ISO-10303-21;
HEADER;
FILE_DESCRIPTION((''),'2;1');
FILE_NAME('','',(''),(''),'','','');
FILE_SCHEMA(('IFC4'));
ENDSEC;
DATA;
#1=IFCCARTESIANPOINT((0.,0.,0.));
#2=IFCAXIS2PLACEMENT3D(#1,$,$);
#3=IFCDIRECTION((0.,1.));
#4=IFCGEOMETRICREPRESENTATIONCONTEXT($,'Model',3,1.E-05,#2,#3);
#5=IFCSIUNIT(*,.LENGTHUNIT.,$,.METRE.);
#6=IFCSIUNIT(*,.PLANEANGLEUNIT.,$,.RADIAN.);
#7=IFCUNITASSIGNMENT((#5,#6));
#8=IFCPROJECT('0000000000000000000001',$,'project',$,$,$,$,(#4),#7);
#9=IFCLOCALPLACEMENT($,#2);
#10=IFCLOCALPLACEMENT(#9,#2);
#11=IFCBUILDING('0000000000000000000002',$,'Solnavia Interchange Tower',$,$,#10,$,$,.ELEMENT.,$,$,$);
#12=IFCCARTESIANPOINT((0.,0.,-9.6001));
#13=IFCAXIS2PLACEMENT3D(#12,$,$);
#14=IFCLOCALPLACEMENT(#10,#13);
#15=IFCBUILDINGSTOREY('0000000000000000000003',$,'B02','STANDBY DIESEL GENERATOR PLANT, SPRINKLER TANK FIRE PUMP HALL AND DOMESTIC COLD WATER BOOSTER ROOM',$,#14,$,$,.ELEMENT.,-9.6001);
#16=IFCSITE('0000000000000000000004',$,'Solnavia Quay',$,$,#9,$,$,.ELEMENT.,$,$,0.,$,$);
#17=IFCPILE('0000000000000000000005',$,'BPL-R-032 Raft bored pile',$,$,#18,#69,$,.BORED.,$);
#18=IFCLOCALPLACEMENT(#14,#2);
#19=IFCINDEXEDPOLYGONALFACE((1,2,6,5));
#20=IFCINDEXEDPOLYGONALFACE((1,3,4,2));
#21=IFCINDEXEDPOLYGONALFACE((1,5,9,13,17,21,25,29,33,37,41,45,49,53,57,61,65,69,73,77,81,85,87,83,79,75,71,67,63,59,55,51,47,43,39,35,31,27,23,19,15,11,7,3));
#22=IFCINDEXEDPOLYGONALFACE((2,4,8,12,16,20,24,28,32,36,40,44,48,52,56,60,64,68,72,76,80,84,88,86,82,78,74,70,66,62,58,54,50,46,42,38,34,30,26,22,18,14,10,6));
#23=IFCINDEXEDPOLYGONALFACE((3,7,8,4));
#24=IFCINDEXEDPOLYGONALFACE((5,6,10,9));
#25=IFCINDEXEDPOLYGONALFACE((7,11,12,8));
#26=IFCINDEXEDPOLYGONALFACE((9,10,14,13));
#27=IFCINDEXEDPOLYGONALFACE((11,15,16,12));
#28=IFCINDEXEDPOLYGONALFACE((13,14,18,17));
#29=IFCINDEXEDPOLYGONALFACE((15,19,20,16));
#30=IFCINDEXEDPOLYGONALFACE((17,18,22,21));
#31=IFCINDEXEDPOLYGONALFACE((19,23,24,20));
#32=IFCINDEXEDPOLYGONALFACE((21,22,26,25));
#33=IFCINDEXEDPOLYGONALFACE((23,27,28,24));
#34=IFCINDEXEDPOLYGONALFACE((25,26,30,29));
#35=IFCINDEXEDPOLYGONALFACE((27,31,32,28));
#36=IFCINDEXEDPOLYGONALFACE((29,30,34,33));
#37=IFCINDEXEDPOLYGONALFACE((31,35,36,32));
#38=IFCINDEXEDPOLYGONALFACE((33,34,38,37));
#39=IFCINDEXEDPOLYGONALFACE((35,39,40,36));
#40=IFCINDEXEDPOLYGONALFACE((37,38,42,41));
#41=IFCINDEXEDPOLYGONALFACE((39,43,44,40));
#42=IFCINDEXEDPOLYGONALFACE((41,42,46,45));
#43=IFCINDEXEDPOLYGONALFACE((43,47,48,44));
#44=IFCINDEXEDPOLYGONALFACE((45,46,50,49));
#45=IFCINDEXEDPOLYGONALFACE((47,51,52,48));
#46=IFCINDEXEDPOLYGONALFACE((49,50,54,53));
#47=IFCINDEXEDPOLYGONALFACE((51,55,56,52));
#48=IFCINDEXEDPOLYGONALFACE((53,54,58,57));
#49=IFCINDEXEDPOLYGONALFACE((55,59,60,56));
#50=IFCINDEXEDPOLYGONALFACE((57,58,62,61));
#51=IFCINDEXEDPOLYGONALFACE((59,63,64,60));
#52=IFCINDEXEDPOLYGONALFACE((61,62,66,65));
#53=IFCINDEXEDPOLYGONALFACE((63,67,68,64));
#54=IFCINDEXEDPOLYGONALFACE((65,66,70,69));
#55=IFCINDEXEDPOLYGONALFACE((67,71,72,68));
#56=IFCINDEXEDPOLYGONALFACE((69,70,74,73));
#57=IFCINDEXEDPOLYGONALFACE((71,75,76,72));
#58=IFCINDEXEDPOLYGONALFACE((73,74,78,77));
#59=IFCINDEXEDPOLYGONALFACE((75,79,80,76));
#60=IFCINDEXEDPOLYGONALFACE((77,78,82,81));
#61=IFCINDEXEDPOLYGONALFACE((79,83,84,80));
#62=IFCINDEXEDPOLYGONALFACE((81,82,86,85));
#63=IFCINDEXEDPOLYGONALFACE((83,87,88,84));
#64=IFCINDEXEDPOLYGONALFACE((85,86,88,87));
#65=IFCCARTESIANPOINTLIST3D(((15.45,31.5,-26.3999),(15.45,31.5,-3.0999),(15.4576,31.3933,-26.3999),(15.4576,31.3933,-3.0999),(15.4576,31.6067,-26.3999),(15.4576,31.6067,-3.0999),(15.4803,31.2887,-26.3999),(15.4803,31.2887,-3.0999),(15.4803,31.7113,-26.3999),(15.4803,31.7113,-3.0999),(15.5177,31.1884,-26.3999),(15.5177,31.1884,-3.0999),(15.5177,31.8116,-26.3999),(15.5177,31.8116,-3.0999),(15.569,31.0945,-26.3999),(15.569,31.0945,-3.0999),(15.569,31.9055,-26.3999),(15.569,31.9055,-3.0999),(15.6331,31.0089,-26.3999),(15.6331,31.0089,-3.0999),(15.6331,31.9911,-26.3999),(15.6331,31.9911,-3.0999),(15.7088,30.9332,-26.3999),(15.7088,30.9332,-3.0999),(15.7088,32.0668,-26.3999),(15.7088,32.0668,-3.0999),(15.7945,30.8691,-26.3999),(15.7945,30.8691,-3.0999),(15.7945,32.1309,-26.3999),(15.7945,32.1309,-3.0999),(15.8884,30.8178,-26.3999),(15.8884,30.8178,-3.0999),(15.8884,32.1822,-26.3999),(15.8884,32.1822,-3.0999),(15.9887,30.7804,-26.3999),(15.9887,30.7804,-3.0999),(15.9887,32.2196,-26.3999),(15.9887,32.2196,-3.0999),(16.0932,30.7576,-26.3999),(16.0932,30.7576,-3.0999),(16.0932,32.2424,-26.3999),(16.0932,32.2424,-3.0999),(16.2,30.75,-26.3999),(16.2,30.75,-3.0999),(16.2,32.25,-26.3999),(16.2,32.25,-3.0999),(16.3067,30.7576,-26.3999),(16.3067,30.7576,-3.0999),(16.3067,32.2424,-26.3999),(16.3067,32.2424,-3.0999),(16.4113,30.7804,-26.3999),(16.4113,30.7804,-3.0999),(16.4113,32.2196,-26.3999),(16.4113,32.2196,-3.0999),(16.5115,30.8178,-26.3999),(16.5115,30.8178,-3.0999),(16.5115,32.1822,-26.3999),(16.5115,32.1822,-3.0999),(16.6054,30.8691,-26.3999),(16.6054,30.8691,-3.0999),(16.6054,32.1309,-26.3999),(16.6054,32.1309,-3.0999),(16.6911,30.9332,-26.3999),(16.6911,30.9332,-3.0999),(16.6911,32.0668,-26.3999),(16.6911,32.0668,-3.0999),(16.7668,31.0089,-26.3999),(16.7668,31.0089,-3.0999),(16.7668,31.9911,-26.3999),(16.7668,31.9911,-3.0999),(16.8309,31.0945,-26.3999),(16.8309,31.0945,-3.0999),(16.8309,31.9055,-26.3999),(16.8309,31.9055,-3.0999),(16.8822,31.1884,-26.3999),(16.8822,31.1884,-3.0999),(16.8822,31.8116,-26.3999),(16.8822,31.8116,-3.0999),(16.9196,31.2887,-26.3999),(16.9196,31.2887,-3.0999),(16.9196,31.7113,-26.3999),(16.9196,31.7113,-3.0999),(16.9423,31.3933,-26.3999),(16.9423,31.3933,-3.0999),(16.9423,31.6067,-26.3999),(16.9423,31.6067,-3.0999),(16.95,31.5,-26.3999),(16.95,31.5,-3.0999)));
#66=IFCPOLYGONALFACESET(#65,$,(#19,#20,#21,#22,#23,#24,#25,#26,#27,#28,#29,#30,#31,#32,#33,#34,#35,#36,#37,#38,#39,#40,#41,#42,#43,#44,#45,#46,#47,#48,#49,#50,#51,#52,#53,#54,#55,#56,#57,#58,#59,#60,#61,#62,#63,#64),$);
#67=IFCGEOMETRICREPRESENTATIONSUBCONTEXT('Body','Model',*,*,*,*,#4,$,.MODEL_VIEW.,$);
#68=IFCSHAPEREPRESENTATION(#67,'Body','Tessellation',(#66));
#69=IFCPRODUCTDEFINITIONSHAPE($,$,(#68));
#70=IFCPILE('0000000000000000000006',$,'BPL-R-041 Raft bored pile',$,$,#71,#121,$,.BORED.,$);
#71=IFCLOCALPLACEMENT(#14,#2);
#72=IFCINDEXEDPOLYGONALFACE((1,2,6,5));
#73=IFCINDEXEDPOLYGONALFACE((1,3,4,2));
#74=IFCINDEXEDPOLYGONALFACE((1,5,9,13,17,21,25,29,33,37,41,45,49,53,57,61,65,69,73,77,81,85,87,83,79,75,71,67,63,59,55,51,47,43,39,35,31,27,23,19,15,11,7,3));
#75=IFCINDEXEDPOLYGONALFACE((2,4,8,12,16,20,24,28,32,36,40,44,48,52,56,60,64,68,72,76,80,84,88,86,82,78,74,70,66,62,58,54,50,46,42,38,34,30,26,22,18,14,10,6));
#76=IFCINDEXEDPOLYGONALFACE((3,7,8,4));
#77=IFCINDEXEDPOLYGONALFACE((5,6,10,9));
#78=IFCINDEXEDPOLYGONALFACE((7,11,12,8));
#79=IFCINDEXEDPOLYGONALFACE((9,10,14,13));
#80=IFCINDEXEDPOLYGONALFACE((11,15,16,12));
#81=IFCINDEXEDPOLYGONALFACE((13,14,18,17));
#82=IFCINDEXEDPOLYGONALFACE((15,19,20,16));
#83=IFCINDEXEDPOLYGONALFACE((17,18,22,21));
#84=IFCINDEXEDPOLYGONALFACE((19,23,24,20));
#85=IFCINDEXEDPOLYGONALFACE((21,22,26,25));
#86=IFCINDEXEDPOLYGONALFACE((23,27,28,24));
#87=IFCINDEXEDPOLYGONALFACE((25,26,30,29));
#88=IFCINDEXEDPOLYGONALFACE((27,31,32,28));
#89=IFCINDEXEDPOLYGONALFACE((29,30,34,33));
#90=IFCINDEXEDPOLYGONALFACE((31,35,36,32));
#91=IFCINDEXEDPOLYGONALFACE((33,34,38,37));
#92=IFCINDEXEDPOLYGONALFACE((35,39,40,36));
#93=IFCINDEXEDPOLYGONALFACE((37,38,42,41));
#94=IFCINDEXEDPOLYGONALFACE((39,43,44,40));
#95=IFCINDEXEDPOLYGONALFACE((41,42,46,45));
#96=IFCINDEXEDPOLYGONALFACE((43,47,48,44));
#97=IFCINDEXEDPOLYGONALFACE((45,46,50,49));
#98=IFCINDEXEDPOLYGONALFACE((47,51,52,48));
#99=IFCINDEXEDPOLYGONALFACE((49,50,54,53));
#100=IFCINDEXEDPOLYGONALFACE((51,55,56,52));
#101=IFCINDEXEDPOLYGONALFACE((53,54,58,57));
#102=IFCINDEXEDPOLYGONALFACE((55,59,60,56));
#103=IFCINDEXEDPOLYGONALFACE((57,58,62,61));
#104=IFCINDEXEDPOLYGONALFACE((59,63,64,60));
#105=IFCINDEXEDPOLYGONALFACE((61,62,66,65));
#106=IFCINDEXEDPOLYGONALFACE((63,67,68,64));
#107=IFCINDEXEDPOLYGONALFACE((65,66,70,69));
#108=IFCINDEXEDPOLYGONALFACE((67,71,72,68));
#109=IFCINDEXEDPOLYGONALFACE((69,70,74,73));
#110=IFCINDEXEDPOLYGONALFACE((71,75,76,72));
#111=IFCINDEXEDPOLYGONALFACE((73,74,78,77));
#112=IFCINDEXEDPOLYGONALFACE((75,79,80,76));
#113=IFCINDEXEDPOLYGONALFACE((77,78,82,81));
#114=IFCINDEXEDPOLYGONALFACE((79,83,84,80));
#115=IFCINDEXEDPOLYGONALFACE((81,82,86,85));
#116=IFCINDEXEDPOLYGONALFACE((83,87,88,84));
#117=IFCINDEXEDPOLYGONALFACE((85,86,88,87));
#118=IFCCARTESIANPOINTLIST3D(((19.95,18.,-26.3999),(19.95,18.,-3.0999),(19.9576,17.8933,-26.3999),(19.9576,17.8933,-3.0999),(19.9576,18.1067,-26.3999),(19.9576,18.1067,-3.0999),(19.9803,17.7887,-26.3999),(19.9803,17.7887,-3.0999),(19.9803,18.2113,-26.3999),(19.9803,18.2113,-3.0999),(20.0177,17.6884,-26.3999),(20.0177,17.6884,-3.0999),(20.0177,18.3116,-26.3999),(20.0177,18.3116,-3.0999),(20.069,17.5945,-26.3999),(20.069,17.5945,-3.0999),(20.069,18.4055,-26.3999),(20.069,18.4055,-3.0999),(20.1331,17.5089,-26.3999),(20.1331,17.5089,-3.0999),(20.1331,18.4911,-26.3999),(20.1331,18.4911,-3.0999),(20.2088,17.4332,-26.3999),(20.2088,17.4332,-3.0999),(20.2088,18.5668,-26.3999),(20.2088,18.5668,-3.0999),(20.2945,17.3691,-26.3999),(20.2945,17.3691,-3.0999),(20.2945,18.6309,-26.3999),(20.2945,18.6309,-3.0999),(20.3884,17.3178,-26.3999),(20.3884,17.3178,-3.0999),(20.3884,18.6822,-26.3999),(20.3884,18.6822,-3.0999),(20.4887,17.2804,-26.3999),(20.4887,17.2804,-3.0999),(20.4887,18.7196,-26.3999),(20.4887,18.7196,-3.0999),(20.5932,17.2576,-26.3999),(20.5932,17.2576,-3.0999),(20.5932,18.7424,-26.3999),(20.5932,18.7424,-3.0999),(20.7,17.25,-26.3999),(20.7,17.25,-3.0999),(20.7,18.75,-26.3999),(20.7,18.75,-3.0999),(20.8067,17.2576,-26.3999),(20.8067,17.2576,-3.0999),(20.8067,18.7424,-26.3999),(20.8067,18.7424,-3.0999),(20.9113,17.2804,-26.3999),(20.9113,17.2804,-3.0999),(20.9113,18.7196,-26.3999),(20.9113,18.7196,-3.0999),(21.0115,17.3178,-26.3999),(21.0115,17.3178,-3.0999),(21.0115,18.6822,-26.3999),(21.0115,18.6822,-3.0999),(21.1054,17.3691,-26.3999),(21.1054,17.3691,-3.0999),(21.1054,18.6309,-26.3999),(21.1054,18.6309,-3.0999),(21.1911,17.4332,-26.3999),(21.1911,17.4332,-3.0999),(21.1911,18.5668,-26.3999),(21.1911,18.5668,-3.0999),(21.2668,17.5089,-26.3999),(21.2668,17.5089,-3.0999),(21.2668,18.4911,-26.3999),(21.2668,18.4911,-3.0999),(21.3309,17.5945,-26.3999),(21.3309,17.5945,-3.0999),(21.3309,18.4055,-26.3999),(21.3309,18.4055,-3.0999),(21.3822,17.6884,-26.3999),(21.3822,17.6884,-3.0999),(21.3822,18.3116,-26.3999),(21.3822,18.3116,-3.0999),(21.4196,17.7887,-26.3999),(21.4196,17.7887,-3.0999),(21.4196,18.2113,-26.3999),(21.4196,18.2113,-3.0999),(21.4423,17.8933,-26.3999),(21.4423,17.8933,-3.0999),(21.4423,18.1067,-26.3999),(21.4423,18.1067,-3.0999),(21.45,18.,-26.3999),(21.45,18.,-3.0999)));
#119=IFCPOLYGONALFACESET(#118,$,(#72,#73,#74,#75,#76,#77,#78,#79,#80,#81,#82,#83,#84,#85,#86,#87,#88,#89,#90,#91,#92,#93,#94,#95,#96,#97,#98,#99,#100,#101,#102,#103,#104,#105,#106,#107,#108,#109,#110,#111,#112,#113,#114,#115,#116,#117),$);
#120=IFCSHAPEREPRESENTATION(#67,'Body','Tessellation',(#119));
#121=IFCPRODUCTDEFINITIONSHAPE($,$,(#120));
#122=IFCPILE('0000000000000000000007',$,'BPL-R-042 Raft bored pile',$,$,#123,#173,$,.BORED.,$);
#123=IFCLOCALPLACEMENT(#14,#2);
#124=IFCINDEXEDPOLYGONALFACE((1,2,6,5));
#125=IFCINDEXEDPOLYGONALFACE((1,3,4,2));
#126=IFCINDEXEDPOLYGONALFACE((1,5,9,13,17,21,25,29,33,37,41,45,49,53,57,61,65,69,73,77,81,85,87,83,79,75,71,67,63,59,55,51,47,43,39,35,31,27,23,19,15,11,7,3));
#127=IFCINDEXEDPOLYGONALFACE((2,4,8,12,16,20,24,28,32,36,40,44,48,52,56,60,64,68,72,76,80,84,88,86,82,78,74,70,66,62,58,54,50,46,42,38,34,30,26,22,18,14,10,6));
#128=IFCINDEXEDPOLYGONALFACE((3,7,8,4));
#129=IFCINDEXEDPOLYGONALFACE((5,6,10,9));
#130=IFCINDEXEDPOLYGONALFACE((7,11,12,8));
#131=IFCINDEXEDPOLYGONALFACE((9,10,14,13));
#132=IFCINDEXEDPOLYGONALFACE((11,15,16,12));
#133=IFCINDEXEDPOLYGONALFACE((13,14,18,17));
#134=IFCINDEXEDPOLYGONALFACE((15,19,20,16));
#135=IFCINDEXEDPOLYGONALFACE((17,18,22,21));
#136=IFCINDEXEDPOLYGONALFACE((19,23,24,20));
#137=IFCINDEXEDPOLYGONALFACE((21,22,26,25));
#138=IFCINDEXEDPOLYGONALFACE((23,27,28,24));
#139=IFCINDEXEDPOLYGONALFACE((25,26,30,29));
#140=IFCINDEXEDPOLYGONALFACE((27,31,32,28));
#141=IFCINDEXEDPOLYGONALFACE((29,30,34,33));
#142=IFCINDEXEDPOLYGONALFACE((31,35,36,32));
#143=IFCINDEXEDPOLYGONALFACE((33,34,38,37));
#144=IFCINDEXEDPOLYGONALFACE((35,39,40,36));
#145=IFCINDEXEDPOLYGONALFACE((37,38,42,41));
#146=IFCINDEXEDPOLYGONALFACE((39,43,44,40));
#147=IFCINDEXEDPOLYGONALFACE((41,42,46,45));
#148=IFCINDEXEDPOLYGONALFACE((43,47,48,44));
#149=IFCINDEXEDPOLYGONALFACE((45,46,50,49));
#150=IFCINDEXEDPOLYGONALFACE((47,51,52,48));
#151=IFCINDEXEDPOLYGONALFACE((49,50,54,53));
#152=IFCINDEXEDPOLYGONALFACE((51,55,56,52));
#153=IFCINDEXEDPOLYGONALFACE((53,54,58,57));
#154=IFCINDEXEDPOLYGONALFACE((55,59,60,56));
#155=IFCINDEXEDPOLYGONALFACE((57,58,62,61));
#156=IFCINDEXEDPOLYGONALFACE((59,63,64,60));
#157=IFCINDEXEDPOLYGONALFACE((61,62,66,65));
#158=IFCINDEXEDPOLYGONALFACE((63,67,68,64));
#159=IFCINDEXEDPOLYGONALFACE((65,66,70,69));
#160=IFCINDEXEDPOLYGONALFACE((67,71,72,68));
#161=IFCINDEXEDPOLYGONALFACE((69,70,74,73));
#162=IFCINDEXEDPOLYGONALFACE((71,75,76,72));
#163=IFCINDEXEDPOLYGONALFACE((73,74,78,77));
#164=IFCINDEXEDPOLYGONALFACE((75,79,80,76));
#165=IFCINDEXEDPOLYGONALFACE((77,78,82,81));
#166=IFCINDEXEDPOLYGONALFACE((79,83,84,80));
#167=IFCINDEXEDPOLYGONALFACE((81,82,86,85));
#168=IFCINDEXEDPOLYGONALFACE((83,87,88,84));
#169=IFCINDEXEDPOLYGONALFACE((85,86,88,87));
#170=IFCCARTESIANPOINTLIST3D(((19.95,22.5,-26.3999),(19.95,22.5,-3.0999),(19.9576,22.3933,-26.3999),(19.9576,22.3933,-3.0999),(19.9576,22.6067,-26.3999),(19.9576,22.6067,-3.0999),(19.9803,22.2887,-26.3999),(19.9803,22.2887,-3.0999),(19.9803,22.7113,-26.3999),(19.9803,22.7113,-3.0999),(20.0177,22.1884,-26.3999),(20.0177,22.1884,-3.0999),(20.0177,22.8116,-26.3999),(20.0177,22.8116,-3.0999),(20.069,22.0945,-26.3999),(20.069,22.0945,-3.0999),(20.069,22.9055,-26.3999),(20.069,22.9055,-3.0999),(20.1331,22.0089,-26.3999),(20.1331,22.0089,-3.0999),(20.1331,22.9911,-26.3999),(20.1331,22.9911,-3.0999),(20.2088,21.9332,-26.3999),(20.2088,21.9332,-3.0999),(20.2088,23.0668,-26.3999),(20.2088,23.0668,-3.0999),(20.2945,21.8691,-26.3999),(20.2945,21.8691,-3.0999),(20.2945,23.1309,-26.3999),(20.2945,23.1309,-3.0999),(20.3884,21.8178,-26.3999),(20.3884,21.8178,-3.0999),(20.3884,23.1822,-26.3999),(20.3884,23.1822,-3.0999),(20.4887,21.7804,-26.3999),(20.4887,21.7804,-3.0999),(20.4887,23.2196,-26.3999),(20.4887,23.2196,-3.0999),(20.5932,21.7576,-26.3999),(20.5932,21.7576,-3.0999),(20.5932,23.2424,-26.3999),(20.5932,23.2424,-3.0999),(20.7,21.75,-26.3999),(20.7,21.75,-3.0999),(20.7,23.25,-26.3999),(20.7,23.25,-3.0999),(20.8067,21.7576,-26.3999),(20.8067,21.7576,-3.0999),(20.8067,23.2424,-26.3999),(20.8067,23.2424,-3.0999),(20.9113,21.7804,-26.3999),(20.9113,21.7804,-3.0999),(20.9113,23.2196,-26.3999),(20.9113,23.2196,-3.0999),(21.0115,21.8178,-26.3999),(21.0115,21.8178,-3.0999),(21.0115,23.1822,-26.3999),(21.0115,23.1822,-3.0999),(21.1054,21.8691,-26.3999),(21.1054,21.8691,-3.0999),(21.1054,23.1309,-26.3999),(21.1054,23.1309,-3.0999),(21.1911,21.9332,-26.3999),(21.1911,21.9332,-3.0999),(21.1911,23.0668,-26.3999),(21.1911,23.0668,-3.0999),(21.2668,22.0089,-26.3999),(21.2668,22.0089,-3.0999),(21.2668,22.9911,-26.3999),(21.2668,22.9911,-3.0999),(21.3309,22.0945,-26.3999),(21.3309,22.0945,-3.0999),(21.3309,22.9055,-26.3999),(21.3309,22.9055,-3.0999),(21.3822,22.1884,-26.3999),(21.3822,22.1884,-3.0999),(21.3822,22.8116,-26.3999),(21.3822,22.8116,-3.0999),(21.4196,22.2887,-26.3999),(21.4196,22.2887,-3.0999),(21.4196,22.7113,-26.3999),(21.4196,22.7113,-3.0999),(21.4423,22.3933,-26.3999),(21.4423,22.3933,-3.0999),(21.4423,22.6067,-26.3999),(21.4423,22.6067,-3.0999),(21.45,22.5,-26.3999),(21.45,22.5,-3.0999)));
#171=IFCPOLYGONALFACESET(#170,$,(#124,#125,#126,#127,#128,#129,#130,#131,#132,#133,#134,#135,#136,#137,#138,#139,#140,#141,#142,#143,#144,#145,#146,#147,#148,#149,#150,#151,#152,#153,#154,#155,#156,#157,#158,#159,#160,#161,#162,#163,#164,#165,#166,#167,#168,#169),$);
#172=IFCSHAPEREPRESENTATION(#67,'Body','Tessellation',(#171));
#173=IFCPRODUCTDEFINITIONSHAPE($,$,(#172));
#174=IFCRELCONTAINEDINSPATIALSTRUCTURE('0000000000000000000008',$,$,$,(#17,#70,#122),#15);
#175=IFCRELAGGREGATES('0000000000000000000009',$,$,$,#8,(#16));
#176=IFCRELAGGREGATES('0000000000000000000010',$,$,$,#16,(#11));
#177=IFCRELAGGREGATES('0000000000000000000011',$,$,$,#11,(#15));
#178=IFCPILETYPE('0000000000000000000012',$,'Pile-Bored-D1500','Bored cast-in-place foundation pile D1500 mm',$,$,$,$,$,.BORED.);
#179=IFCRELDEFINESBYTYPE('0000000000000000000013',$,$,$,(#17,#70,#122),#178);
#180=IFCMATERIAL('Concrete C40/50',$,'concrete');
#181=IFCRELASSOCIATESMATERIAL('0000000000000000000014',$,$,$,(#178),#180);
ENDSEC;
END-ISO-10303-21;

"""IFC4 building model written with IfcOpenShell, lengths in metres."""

from ifc_helpers import new_model, si_unit, direction, frame, origin, origin_2d, place, context, subcontext, project, spatial, circle, extrude, material, material_profile, profile_set, type_object, element, save


model = new_model("IFC4")

# Units and contexts
model_context = context("Model", 3, precision=1e-05, world=origin(), true_north=direction((0.0, 1.0)))
body_context = subcontext(model_context, "Body", "Model", "MODEL_VIEW")
ifc_project = project(units=[si_unit("LENGTHUNIT", "METRE"), si_unit("PLANEANGLEUNIT", "RADIAN")], contexts=[model_context])

# Site, building, storey
site_placement = place(None, origin())
site = spatial("IfcSite", under=ifc_project, at=site_placement, Name="Solnavia Quay", CompositionType="ELEMENT", RefElevation=0.0)
building_placement = place(site_placement, origin())
building = spatial("IfcBuilding", under=site, at=building_placement, Name="Solnavia Interchange Tower", CompositionType="ELEMENT")
storey_placement = place(building_placement, frame((0.0, 0.0, -9.6001)))
storey = spatial("IfcBuildingStorey", under=building, at=storey_placement, Name="B02", Description="STANDBY DIESEL GENERATOR PLANT, SPRINKLER TANK FIRE PUMP HALL AND DOMESTIC COLD WATER BOOSTER ROOM", CompositionType="ELEMENT", Elevation=-9.6001)

# Piles
ifc_material_1 = material(Name="Concrete C40/50", Category="concrete")
ifc_material_profile_1 = material_profile(ifc_material_1, circle(Radius=0.75, at=origin_2d()), Name="PILE D1500")
ifc_profile_set_1 = profile_set([ifc_material_profile_1], Name="Concrete C40/50")
pile_type = type_object("IfcPileType", Name="Pile-Bored-D1500", Description="Bored cast-in-place foundation pile D1500 mm", PredefinedType="BORED", material=ifc_profile_set_1)
for number, where, z_axis, x_axis, name in (
    (1, (16.2, 31.5, -3.0999), (0.0, 0.0, -1.0), (1.0, 0.0, 0.0), "BPL-R-032 Raft bored pile"),
    (2, (20.7, 18.0, -3.0999), (0.0, 0.0, -1.0), (1.0, 0.0, 0.0), "BPL-R-041 Raft bored pile"),
    (3, (20.7, 22.5, -3.0999), (0.0, 0.0, -1.0), (1.0, 0.0, 0.0), "BPL-R-042 Raft bored pile"),
):
    element("IfcPile", number, at=place(storey_placement, frame(where, z_axis=z_axis, x_axis=x_axis)), inside=storey, type_object=pile_type, Name=name, PredefinedType="BORED", context=body_context, shape_type="SweptSolid", body=[
        extrude(circle(Radius=0.75, at=origin_2d()), origin(), (0.0, 0.0, 1.0), 23.3),
    ])

save(model, "model.ifc")
